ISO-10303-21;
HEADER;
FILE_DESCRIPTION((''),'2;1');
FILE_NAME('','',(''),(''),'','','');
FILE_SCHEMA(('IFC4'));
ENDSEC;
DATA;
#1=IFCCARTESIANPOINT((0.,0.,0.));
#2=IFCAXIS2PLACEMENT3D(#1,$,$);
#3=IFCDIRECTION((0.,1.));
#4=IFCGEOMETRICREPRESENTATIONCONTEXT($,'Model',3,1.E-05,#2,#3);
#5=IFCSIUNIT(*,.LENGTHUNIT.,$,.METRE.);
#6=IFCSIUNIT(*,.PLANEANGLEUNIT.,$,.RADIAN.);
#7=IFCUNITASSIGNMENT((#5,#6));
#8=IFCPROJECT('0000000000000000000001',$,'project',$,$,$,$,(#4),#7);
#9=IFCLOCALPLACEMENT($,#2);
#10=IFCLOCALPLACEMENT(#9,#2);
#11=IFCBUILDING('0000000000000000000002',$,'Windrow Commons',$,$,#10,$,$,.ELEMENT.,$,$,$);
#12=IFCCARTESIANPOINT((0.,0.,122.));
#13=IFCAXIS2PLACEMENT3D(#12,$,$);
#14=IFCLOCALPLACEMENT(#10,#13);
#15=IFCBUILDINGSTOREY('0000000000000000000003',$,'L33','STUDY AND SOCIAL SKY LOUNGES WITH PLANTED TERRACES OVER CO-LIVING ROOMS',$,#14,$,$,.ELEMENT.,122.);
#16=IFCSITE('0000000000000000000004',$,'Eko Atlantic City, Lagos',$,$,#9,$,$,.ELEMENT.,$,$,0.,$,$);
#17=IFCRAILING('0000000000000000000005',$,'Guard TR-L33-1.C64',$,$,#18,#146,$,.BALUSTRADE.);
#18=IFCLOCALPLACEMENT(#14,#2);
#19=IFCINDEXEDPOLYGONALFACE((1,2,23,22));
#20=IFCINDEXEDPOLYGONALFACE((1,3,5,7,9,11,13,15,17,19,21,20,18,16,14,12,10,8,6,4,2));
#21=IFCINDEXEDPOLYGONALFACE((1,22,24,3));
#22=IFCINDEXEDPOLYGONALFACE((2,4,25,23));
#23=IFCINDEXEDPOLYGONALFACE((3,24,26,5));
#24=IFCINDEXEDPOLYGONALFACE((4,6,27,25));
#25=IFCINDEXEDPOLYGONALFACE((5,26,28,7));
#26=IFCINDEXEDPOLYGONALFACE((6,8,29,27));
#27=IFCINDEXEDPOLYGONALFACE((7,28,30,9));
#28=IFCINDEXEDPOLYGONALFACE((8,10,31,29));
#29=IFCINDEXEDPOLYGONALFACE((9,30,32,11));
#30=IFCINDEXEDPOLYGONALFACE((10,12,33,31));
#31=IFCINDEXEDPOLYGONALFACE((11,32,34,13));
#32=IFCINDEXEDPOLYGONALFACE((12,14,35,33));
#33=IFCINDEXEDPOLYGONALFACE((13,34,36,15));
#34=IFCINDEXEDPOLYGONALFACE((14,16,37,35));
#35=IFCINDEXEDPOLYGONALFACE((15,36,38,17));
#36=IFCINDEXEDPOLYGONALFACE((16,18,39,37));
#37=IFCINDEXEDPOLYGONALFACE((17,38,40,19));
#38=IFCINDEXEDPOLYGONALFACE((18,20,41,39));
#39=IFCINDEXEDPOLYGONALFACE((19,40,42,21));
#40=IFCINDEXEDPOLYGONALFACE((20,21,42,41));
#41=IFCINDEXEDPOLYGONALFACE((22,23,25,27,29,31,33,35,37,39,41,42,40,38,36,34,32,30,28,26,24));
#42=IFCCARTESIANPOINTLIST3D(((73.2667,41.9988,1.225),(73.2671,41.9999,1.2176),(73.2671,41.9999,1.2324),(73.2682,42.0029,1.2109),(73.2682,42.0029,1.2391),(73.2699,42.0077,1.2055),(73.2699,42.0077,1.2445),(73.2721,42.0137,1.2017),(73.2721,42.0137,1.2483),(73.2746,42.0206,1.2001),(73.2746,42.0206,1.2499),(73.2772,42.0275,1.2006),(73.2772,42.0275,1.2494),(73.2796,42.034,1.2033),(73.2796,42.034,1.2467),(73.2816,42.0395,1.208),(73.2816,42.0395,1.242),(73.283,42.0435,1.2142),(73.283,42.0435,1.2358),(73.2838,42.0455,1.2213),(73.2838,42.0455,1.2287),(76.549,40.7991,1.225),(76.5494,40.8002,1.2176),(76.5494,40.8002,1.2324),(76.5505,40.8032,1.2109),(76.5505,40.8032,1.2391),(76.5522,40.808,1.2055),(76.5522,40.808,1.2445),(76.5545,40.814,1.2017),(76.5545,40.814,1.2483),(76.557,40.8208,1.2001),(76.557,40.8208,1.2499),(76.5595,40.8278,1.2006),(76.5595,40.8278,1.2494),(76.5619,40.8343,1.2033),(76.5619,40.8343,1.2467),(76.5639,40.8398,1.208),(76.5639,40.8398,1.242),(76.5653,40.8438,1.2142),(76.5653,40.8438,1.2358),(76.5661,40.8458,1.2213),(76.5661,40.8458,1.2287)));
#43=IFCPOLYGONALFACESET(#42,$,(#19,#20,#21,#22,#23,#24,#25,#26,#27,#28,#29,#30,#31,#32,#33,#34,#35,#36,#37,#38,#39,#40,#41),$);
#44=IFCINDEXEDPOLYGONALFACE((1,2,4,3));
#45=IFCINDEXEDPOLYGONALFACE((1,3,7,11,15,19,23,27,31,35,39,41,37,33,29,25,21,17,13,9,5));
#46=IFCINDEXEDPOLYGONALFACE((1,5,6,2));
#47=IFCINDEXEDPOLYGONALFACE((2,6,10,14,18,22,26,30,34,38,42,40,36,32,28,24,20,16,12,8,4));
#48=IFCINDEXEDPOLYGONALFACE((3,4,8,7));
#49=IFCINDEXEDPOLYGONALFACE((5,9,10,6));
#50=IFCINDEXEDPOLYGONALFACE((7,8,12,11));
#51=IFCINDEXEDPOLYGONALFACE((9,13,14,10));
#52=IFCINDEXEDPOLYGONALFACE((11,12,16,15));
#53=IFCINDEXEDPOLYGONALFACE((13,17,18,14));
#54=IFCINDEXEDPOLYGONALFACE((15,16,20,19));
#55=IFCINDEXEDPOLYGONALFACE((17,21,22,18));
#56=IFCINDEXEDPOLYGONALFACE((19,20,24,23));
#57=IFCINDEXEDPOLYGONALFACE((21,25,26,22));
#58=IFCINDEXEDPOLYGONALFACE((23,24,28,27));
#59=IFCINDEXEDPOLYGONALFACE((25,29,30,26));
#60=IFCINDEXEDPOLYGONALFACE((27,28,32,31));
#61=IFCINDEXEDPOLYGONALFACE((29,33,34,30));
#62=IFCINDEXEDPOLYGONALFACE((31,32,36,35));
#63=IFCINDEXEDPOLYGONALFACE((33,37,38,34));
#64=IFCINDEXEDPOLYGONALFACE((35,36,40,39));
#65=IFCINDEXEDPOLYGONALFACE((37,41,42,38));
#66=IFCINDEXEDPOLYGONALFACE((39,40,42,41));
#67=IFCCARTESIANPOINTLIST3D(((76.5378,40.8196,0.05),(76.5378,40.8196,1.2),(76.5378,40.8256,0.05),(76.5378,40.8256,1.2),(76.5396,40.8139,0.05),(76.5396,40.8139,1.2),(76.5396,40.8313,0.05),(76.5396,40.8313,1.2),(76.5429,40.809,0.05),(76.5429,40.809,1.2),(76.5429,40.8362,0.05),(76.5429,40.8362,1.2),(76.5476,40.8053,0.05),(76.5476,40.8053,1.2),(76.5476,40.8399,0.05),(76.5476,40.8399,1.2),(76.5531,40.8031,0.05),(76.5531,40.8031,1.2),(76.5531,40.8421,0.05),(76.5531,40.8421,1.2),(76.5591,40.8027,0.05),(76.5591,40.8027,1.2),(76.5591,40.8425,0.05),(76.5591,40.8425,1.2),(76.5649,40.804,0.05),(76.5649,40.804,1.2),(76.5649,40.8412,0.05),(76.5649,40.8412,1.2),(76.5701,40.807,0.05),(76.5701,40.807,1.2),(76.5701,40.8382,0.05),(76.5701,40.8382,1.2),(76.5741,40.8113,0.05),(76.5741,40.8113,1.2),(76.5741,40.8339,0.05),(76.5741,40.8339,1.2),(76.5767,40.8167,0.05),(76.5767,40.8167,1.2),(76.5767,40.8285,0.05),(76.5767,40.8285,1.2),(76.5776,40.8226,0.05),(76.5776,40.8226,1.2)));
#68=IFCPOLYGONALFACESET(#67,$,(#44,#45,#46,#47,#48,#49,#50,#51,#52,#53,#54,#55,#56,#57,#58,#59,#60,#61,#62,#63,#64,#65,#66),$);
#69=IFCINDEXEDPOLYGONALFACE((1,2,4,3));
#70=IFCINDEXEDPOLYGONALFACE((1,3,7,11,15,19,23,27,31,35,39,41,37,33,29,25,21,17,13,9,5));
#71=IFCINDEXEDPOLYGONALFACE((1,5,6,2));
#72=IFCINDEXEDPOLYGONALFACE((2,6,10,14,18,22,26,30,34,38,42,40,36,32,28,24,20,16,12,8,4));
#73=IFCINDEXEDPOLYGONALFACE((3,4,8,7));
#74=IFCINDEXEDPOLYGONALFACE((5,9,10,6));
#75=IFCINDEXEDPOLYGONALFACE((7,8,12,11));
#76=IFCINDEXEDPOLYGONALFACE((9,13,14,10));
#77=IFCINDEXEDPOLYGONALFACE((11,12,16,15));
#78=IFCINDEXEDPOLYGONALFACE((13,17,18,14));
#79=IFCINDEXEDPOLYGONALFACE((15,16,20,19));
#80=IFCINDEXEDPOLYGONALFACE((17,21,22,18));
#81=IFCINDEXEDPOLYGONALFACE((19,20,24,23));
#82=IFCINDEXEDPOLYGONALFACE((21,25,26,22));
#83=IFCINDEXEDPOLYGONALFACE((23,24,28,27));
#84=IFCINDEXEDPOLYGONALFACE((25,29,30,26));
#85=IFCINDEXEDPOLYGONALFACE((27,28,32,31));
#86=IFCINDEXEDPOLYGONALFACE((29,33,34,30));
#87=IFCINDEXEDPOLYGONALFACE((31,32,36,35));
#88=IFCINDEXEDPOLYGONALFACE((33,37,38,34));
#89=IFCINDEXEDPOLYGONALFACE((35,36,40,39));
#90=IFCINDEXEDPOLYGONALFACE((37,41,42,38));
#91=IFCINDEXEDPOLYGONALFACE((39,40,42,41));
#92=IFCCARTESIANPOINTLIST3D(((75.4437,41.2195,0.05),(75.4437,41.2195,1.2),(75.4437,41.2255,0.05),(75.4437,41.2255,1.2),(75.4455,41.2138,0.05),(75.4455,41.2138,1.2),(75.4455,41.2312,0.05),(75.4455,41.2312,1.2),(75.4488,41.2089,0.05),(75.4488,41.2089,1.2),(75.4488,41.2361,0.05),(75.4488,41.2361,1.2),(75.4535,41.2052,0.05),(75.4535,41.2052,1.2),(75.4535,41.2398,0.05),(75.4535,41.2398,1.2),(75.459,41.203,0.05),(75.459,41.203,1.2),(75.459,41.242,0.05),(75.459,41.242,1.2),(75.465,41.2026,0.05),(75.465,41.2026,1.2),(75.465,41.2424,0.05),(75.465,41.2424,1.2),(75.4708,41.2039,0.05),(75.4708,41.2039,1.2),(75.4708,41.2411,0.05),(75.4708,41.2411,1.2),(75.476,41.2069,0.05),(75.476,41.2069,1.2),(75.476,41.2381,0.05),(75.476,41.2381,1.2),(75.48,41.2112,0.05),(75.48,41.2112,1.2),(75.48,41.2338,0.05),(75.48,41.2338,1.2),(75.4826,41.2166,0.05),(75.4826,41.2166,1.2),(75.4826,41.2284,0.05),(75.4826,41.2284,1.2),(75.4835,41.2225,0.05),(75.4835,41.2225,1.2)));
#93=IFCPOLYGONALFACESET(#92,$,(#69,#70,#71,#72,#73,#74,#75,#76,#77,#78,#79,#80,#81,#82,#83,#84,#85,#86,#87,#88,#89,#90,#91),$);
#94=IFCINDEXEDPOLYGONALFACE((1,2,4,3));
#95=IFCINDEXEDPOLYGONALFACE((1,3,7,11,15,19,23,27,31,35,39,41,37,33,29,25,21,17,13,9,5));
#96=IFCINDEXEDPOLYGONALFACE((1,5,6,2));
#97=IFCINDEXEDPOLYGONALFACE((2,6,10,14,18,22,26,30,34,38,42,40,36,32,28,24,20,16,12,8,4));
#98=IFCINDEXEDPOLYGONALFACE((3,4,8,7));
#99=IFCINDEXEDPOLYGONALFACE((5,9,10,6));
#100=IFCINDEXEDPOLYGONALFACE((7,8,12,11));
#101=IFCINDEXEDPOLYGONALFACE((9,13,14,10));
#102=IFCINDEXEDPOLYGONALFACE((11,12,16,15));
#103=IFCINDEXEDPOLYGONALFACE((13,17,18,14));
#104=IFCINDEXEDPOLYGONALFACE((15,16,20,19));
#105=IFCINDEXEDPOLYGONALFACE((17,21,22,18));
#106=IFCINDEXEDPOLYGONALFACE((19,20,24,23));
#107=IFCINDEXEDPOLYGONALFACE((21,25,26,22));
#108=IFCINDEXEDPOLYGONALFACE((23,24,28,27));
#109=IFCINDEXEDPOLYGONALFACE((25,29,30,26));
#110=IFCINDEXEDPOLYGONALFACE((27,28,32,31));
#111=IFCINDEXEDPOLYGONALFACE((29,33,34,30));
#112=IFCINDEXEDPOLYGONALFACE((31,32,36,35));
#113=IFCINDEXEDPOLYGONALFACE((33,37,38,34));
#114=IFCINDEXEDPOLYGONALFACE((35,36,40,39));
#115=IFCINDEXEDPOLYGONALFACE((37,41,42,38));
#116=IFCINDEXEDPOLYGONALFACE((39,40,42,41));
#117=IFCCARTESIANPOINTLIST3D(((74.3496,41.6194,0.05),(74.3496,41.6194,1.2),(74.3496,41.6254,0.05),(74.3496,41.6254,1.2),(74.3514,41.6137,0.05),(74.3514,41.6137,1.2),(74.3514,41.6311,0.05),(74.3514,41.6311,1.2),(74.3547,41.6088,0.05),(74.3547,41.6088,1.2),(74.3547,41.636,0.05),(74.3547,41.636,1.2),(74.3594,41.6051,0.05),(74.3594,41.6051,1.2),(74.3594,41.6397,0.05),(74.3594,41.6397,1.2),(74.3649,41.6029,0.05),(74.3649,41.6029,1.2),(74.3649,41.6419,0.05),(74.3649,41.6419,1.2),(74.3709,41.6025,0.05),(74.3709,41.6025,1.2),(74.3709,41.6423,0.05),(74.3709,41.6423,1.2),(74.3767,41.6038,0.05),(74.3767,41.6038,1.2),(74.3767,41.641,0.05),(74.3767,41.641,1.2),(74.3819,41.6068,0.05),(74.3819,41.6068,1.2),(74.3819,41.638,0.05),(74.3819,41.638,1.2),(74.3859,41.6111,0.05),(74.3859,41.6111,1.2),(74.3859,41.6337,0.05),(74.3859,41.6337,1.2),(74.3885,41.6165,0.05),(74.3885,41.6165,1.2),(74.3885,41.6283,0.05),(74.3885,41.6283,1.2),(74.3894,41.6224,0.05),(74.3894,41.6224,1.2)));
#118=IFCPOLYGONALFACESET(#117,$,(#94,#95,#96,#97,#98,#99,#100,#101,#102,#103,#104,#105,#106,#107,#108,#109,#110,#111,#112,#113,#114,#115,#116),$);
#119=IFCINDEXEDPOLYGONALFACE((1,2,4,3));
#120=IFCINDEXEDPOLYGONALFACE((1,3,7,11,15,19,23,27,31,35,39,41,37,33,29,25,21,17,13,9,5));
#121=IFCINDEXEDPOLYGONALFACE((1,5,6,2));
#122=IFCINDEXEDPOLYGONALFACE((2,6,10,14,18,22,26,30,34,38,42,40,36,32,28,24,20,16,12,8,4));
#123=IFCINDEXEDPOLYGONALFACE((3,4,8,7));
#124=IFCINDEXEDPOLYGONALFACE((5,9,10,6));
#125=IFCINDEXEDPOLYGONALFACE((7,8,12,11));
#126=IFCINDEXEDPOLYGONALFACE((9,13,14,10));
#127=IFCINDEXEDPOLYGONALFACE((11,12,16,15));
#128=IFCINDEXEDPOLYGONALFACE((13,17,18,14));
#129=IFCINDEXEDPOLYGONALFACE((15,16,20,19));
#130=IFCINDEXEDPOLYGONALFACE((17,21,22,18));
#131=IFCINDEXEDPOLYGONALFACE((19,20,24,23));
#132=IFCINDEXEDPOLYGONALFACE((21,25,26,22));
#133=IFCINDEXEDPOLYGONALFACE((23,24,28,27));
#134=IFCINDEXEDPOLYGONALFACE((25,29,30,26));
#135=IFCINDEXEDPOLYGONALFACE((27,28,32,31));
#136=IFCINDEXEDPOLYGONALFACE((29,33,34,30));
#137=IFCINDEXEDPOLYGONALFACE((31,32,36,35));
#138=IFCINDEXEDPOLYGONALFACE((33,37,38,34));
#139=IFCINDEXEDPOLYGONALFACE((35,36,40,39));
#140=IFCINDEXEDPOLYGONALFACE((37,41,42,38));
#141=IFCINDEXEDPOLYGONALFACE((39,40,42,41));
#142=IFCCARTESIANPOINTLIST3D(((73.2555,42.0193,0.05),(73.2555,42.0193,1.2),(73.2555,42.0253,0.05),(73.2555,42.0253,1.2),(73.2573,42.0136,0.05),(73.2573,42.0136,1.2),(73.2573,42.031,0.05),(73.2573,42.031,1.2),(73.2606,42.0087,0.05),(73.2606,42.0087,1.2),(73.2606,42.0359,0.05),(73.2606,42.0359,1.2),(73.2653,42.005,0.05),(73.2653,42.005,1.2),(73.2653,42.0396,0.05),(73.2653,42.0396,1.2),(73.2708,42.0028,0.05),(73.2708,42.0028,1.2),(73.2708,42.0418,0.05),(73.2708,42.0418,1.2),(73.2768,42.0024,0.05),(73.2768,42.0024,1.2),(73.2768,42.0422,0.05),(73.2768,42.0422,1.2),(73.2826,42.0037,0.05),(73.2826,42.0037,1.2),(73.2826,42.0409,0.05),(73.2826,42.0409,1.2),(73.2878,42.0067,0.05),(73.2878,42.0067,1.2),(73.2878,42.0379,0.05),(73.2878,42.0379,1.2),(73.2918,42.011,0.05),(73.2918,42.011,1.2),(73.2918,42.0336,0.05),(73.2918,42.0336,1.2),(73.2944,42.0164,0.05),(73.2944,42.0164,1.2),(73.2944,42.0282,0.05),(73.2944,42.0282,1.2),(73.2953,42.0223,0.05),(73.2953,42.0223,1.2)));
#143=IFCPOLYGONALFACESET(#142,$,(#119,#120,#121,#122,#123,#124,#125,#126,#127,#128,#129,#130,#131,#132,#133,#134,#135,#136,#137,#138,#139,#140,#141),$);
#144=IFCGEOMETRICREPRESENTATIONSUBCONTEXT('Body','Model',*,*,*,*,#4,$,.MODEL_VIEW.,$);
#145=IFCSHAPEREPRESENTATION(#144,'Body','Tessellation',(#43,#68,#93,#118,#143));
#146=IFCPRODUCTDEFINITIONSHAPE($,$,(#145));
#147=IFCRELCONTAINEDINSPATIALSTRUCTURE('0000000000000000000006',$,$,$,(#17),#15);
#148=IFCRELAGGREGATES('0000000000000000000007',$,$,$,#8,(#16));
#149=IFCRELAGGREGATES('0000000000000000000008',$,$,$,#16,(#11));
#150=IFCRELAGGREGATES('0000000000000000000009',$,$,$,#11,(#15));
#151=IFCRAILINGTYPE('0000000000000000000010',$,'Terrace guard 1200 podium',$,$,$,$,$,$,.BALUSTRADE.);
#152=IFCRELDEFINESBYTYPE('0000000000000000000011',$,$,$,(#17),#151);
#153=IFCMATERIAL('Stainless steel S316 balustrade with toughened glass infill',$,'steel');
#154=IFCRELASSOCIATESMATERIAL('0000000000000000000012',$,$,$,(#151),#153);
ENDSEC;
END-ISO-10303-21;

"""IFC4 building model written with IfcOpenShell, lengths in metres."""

from ifc_helpers import new_model, si_unit, direction, frame, origin, origin_2d, place, context, subcontext, project, spatial, circle, extrude, material, type_object, element, save


model = new_model("IFC4")

# Units and contexts
model_context = context("Model", 3, precision=1e-05, world=origin(), true_north=direction((0.0, 1.0)))
body_context = subcontext(model_context, "Body", "Model", "MODEL_VIEW")
ifc_project = project(units=[si_unit("LENGTHUNIT", "METRE"), si_unit("PLANEANGLEUNIT", "RADIAN")], contexts=[model_context])

# Site, building, storey
site_placement = place(None, origin())
site = spatial("IfcSite", under=ifc_project, at=site_placement, Name="Eko Atlantic City, Lagos", CompositionType="ELEMENT", RefElevation=0.0)
building_placement = place(site_placement, origin())
building = spatial("IfcBuilding", under=site, at=building_placement, Name="Windrow Commons", CompositionType="ELEMENT")
storey_placement = place(building_placement, frame((0.0, 0.0, 122.0)))
storey = spatial("IfcBuildingStorey", under=building, at=storey_placement, Name="L33", Description="STUDY AND SOCIAL SKY LOUNGES WITH PLANTED TERRACES OVER CO-LIVING ROOMS", CompositionType="ELEMENT", Elevation=122.0)

# Railing
ifc_material_1 = material(Name="Stainless steel S316 balustrade with toughened glass infill", Category="steel")
railing_type_1 = type_object("IfcRailingType", Name="Terrace guard 1200 podium", PredefinedType="BALUSTRADE", material=ifc_material_1)
railing_1_placement = place(storey_placement, frame((76.5576, 40.8226, 0.05)))
element("IfcRailing", 1, at=railing_1_placement, inside=storey, type_object=railing_type_1, Name="Guard TR-L33-1.C64", PredefinedType="BALUSTRADE", context=body_context, shape_type="SweptSolid", body=[
    extrude(circle(Radius=0.025, at=origin_2d()), frame((0.0, 0.0, 1.175), z_axis=(-0.939228, 0.343293, 0.0), x_axis=(-0.343293, -0.939228, 0.0)), (0.0, 0.0, 1.0), 3.4947),
    extrude(circle(Radius=0.02, at=origin_2d()), origin(), (0.0, 0.0, 1.0), 1.15),
    extrude(circle(Radius=0.02, at=origin_2d()), frame((-1.0941, 0.3999, 0.0)), (0.0, 0.0, 1.0), 1.15),
    extrude(circle(Radius=0.02, at=origin_2d()), frame((-2.1882, 0.7998, 0.0)), (0.0, 0.0, 1.0), 1.15),
    extrude(circle(Radius=0.02, at=origin_2d()), frame((-3.2823, 1.1997, 0.0)), (0.0, 0.0, 1.0), 1.15),
])

save(model, "model.ifc")
